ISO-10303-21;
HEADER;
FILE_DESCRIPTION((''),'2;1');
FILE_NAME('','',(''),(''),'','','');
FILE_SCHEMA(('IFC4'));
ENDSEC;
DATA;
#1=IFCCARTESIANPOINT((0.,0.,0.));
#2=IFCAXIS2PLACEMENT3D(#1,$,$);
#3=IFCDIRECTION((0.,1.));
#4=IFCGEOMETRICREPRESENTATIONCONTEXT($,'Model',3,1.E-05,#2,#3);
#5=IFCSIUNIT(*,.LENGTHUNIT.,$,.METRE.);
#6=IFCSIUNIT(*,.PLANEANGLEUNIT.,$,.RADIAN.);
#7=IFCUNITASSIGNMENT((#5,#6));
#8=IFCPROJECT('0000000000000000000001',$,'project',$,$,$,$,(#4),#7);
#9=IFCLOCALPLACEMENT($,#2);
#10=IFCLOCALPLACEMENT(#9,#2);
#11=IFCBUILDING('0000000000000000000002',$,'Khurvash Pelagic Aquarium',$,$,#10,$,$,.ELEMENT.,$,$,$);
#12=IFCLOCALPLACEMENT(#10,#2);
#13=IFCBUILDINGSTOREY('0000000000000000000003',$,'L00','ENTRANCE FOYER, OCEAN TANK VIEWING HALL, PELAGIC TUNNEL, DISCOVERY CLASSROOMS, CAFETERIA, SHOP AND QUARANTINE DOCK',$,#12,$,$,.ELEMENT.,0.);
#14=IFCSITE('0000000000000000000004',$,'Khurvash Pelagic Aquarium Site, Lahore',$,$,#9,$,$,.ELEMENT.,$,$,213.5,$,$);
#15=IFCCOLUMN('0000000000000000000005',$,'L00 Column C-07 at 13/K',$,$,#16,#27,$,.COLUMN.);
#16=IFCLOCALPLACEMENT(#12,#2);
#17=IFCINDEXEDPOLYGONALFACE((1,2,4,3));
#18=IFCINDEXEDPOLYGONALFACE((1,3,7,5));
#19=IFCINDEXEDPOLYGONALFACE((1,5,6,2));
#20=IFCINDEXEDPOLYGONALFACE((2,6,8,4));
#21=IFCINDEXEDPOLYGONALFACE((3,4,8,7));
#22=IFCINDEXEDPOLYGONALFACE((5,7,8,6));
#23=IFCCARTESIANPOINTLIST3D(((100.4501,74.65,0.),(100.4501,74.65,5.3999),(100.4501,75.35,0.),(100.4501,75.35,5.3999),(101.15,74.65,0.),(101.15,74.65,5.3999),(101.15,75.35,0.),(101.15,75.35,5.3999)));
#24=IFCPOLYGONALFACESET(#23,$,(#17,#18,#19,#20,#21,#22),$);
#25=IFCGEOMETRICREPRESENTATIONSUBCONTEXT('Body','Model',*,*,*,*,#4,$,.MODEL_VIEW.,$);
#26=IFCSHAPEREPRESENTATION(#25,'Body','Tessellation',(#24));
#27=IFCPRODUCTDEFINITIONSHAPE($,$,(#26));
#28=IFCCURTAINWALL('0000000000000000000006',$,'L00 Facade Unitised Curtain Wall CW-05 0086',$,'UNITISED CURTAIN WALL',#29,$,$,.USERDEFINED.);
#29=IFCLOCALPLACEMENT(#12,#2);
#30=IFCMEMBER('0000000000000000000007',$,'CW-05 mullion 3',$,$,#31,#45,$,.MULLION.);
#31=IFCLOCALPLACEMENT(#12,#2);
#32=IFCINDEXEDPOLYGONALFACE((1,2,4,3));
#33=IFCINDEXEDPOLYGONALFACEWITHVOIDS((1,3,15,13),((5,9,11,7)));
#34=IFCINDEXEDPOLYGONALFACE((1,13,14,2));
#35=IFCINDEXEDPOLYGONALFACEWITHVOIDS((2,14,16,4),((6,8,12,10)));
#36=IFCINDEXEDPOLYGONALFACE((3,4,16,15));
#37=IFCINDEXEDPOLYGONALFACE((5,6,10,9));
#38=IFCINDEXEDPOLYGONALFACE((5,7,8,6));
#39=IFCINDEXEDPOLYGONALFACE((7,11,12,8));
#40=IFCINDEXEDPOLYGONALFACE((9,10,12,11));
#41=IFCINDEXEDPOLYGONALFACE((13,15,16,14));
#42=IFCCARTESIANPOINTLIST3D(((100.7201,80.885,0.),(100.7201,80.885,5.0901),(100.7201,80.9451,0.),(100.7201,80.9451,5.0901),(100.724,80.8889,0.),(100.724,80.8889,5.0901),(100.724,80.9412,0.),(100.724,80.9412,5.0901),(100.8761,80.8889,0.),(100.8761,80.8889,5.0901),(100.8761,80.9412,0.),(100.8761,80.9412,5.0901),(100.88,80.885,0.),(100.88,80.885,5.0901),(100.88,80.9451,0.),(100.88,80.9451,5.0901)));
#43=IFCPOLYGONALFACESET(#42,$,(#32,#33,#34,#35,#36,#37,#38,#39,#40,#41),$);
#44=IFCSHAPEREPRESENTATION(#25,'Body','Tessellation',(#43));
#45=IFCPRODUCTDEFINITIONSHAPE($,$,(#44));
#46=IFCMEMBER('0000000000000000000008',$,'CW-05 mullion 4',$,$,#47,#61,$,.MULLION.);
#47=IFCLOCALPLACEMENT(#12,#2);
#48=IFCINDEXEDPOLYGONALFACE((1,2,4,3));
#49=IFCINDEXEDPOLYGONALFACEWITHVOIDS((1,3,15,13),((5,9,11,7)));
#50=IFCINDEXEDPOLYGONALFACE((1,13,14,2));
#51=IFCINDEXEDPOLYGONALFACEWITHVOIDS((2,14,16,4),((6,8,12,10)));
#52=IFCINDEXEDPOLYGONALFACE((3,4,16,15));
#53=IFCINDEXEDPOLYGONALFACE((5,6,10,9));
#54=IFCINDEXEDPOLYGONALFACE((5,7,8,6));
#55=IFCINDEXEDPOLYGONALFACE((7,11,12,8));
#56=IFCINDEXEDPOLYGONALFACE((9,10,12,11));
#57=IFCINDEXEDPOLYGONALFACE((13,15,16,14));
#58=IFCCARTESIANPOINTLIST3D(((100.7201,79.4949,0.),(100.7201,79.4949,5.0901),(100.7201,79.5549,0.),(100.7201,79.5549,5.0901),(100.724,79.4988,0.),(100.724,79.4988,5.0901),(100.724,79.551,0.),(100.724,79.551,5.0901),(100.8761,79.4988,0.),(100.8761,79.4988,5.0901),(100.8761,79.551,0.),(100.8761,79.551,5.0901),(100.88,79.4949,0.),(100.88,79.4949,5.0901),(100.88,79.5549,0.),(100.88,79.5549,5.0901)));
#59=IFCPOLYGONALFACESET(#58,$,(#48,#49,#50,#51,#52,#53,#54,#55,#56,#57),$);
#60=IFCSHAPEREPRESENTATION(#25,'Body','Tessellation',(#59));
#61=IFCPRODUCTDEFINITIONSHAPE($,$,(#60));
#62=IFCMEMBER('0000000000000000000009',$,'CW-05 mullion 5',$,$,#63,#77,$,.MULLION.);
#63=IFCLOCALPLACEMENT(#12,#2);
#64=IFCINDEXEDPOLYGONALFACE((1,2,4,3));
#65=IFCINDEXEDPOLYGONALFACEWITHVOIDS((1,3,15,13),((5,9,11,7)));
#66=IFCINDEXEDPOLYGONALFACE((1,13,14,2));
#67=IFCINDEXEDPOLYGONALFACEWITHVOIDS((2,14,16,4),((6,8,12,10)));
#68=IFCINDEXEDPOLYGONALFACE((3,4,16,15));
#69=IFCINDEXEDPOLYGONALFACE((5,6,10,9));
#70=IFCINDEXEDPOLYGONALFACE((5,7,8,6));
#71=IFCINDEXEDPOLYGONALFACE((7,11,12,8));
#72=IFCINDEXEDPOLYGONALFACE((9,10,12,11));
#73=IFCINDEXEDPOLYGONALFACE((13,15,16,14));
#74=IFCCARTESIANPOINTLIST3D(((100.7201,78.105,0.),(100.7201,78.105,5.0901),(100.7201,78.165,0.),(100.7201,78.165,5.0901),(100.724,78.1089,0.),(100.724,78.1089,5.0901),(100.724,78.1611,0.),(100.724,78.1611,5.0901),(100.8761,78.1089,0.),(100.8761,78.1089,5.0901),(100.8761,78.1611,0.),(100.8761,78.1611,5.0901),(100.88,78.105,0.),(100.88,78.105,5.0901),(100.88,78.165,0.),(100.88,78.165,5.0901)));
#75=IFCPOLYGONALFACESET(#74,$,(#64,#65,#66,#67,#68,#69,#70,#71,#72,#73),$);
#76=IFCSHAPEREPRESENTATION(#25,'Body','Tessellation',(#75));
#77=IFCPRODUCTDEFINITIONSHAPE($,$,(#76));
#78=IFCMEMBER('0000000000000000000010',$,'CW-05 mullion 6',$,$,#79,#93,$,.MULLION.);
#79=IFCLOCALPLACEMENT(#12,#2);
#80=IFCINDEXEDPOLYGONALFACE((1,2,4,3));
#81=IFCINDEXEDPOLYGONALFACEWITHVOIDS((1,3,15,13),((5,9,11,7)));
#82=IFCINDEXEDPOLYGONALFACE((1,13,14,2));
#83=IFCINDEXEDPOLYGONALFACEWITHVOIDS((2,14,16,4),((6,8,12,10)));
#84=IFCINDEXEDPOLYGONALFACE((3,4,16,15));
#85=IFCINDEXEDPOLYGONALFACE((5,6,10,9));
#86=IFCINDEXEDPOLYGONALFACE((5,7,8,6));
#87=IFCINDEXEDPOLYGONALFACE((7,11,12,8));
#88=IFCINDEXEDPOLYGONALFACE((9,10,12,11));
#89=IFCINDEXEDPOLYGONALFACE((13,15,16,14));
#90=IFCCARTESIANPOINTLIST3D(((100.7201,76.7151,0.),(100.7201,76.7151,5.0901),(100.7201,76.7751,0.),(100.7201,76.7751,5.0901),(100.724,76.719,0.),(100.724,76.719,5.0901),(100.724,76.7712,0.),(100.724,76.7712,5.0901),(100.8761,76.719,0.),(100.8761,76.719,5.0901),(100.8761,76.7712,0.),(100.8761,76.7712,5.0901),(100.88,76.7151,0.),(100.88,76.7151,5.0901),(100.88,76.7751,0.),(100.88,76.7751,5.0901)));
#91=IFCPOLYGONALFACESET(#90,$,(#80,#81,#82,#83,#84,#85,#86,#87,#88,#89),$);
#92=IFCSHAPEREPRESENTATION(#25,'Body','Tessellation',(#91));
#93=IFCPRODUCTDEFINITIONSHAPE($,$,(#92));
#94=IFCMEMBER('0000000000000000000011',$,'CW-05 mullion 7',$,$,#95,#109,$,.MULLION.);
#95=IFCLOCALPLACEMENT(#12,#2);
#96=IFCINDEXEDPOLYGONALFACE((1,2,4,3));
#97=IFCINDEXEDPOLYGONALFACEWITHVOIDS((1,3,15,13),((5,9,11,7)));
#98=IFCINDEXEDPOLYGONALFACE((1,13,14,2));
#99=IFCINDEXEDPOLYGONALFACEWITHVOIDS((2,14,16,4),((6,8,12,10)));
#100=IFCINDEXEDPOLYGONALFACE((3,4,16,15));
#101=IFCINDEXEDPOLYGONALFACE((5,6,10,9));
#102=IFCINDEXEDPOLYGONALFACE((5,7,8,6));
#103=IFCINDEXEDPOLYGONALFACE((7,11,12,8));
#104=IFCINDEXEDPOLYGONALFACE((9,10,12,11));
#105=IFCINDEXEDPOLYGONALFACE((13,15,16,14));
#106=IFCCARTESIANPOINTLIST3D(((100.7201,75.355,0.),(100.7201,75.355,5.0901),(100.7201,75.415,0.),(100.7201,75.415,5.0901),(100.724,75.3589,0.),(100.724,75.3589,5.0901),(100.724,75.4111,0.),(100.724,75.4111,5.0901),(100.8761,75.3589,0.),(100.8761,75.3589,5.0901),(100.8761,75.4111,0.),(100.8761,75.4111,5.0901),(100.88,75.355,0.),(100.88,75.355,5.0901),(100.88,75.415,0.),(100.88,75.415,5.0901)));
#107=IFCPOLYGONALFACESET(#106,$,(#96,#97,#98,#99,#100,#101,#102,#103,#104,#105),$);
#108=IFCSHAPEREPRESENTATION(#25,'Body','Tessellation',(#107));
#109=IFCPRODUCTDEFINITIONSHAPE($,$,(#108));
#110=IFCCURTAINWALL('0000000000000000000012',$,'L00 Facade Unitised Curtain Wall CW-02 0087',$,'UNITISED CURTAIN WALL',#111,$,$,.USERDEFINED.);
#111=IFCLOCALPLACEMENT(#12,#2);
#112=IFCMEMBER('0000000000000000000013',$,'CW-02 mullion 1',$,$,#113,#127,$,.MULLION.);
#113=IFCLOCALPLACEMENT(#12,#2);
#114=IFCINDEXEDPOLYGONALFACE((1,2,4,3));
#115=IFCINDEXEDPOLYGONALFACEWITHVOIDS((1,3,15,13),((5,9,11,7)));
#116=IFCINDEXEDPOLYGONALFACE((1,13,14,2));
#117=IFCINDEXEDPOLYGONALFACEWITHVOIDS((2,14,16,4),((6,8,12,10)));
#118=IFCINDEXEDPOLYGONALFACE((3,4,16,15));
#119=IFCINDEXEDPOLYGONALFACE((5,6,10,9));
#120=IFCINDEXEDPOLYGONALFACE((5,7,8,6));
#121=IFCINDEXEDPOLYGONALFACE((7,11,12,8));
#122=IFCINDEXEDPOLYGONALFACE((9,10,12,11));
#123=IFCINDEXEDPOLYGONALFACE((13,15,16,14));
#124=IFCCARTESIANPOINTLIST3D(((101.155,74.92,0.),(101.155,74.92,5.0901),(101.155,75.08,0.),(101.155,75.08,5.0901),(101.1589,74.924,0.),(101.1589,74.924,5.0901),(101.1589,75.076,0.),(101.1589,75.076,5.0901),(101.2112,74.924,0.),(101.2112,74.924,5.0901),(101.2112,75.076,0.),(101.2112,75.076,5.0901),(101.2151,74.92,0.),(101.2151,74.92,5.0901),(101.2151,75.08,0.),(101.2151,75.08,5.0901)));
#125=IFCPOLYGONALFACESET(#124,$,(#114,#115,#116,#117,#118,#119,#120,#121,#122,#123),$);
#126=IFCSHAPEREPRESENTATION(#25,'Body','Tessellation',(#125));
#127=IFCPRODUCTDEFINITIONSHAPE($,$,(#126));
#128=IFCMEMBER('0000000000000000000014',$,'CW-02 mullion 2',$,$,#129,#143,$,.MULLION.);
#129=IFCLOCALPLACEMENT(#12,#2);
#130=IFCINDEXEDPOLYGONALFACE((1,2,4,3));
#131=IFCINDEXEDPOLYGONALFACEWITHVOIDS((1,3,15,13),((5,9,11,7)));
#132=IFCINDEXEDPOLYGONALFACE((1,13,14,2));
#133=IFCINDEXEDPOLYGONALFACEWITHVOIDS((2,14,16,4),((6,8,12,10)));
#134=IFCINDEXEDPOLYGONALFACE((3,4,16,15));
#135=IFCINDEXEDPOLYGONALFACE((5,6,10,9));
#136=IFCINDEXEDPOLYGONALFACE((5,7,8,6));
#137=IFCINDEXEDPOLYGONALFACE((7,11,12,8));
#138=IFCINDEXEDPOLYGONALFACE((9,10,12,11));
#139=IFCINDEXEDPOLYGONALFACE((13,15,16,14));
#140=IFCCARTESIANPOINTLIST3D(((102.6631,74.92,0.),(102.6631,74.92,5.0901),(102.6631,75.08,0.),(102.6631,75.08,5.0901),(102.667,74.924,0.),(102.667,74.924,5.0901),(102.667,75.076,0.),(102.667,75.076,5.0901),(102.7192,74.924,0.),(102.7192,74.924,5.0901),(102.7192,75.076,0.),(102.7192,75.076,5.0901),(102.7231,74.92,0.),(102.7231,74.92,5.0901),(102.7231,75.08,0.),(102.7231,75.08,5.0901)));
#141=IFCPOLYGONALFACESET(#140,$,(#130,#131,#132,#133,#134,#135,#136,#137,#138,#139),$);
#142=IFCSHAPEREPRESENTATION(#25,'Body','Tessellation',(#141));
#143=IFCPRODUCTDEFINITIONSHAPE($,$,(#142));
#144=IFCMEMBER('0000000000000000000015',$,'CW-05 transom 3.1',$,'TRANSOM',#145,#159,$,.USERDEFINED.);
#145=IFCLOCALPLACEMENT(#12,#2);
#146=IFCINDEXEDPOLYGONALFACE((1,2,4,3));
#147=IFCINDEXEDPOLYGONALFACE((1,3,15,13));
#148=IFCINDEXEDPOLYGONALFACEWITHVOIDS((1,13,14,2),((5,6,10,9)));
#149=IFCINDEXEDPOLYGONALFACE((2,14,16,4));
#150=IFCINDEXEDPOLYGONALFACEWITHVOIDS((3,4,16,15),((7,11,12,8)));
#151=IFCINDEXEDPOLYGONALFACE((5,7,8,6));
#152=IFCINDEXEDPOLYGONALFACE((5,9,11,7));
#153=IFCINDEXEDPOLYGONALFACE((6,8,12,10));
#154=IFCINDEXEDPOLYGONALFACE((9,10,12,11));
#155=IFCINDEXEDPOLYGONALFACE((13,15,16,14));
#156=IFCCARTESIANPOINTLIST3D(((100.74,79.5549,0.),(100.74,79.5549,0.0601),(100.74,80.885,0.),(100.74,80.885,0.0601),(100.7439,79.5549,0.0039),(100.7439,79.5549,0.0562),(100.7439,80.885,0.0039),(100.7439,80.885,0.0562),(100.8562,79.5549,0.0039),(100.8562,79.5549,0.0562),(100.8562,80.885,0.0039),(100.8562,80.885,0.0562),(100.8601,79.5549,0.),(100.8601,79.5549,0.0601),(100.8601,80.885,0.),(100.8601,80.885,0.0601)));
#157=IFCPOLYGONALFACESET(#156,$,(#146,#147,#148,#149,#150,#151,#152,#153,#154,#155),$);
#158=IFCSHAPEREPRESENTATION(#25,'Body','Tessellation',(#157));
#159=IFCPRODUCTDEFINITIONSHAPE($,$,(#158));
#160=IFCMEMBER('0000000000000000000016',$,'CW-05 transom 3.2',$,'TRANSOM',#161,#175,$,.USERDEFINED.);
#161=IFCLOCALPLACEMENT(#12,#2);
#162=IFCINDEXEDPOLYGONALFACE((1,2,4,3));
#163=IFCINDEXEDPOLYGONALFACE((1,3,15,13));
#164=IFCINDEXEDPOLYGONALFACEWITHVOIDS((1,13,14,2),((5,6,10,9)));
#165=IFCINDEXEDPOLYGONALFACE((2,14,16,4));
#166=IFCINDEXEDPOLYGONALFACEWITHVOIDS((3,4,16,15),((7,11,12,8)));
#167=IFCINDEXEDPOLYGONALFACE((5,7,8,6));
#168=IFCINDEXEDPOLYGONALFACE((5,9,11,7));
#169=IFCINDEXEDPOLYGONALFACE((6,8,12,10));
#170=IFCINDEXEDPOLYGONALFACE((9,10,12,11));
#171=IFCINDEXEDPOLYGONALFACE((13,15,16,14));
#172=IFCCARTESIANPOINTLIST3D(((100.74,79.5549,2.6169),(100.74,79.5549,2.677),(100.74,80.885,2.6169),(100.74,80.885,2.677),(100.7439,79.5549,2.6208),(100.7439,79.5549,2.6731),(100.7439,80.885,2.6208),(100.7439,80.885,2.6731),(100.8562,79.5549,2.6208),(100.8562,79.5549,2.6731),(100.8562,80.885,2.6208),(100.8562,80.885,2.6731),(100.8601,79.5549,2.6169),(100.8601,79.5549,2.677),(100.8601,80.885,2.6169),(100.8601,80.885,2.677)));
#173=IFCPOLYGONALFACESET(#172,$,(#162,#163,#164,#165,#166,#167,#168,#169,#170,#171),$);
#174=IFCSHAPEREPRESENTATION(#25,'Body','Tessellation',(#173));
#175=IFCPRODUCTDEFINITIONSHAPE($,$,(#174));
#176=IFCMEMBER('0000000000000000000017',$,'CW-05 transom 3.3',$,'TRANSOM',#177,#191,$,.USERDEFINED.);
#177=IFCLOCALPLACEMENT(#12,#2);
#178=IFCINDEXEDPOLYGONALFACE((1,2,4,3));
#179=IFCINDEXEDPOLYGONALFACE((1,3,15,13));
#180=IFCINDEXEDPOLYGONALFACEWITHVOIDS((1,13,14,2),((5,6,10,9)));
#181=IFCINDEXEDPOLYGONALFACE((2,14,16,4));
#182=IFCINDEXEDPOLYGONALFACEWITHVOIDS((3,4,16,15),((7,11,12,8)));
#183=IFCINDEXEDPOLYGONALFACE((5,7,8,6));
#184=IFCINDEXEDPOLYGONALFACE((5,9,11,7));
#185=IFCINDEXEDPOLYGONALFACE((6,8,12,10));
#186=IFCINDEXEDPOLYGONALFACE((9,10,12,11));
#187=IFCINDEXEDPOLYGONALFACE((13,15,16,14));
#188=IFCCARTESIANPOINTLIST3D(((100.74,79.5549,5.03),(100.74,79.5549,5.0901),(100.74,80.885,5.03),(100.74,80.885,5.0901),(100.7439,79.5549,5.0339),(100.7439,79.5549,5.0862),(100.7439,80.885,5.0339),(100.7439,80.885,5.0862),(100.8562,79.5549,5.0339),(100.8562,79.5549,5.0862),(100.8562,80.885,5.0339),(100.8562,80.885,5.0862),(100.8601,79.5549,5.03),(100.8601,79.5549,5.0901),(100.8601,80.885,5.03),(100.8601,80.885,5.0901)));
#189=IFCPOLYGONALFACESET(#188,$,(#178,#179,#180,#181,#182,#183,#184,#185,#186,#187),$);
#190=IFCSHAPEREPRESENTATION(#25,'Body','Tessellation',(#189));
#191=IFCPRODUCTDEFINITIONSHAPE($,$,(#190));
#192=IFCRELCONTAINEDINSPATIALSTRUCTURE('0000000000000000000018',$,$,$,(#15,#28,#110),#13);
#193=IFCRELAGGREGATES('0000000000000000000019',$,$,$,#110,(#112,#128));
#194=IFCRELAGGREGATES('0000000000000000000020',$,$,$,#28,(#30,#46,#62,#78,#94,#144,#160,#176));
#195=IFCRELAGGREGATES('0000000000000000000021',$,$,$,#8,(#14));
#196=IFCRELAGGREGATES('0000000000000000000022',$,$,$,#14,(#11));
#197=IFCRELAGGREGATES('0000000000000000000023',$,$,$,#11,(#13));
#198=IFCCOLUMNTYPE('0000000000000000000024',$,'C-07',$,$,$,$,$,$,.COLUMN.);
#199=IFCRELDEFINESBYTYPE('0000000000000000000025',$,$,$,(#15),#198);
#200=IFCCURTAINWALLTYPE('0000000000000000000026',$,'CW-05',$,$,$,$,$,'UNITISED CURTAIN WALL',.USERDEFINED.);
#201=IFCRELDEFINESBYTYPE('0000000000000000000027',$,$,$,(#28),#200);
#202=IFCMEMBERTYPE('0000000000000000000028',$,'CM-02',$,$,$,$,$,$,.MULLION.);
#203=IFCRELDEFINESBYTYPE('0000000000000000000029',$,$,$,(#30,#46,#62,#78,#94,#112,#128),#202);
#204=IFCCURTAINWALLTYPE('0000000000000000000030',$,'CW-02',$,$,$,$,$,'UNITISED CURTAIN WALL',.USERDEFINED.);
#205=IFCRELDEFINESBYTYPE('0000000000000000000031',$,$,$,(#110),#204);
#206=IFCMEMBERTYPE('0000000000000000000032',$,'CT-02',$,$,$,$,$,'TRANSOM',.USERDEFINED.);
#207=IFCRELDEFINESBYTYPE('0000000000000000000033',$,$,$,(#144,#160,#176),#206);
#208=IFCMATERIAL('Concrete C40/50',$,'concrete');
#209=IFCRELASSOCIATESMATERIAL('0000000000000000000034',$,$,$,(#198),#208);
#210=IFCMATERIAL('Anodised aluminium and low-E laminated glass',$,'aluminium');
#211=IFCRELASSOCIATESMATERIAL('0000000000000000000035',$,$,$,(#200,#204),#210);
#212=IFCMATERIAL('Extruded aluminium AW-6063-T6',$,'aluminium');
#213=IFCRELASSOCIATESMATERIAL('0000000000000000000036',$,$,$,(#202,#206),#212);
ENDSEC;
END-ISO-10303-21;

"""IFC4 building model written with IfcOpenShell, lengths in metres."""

from ifc_helpers import new_model, si_unit, direction, frame, origin, origin_2d, place, context, subcontext, project, spatial, rectangle, hollow_rectangle, extrude, material, material_profile, profile_set, type_object, element, aggregate, save


model = new_model("IFC4")

# Units and contexts
model_context = context("Model", 3, precision=1e-05, world=origin(), true_north=direction((0.0, 1.0)))
body_context = subcontext(model_context, "Body", "Model", "MODEL_VIEW")
ifc_project = project(units=[si_unit("LENGTHUNIT", "METRE"), si_unit("PLANEANGLEUNIT", "RADIAN")], contexts=[model_context])

# Site, building, storey
site_placement = place(None, origin())
site = spatial("IfcSite", under=ifc_project, at=site_placement, Name="Khurvash Pelagic Aquarium Site, Lahore", CompositionType="ELEMENT", RefElevation=213.5)
building_placement = place(site_placement, origin())
building = spatial("IfcBuilding", under=site, at=building_placement, Name="Khurvash Pelagic Aquarium", CompositionType="ELEMENT")
storey_placement = place(building_placement, origin())
storey = spatial("IfcBuildingStorey", under=building, at=storey_placement, Name="L00", Description="ENTRANCE FOYER, OCEAN TANK VIEWING HALL, PELAGIC TUNNEL, DISCOVERY CLASSROOMS, CAFETERIA, SHOP AND QUARANTINE DOCK", CompositionType="ELEMENT", Elevation=0.0)

# Column
ifc_material_1 = material(Name="Concrete C40/50", Category="concrete")
ifc_material_profile_1 = material_profile(ifc_material_1, rectangle(XDim=0.7, YDim=0.7, at=origin_2d()), Name="RC700X700")
ifc_profile_set_1 = profile_set([ifc_material_profile_1], Name="Concrete C40/50")
column_type = type_object("IfcColumnType", Name="C-07", PredefinedType="COLUMN", material=ifc_profile_set_1)
column_placement = place(storey_placement, frame((100.8, 75.0, 0.0), z_axis=(0.0, 0.0, 1.0), x_axis=(1.0, 0.0, 0.0)))
element("IfcColumn", 1, at=column_placement, inside=storey, type_object=column_type, Name="L00 Column C-07 at 13/K", PredefinedType="COLUMN", context=body_context, shape_type="SweptSolid", body=[
    extrude(rectangle(XDim=0.7, YDim=0.7, at=origin_2d()), origin(), (0.0, 0.0, 1.0), 5.3999),
])

# Curtain walls, members
ifc_material_2 = material(Name="Anodised aluminium and low-E laminated glass", Category="aluminium")
curtain_wall_type_1 = type_object("IfcCurtainWallType", Name="CW-05", ElementType="UNITISED CURTAIN WALL", PredefinedType="USERDEFINED", material=ifc_material_2)
curtain_wall_1_placement = place(storey_placement, origin())
curtain_wall_1 = element("IfcCurtainWall", 2, at=curtain_wall_1_placement, inside=storey, type_object=curtain_wall_type_1, Name="L00 Facade Unitised Curtain Wall CW-05 0086", ObjectType="UNITISED CURTAIN WALL", PredefinedType="USERDEFINED")
ifc_material_3 = material(Name="Extruded aluminium AW-6063-T6", Category="aluminium")
ifc_material_profile_2 = material_profile(ifc_material_3, hollow_rectangle(XDim=0.0601, YDim=0.1599, WallThickness=0.0039, at=origin_2d()), Name="CWM60X160X4")
ifc_profile_set_2 = profile_set([ifc_material_profile_2], Name="Extruded aluminium AW-6063-T6")
member_type_1 = type_object("IfcMemberType", Name="CM-02", PredefinedType="MULLION", material=ifc_profile_set_2)
member_1_placement = place(storey_placement, frame((100.8, 80.915, 0.0), z_axis=(0.0, 0.0, 1.0), x_axis=(0.0, -1.0, 0.0)))
member_1 = element("IfcMember", 3, at=member_1_placement, type_object=member_type_1, Name="CW-05 mullion 3", PredefinedType="MULLION", context=body_context, shape_type="SweptSolid", body=[
    extrude(hollow_rectangle(XDim=0.0601, YDim=0.1599, WallThickness=0.0039, at=origin_2d()), origin(), (0.0, 0.0, 1.0), 5.0901),
])
member_2_placement = place(storey_placement, frame((100.8, 79.5249, 0.0), z_axis=(0.0, 0.0, 1.0), x_axis=(0.0, -1.0, 0.0)))
member_2 = element("IfcMember", 4, at=member_2_placement, type_object=member_type_1, Name="CW-05 mullion 4", PredefinedType="MULLION", context=body_context, shape_type="SweptSolid", body=[
    extrude(hollow_rectangle(XDim=0.0601, YDim=0.1599, WallThickness=0.0039, at=origin_2d()), origin(), (0.0, 0.0, 1.0), 5.0901),
])
member_3_placement = place(storey_placement, frame((100.8, 78.135, 0.0), z_axis=(0.0, 0.0, 1.0), x_axis=(0.0, -1.0, 0.0)))
member_3 = element("IfcMember", 5, at=member_3_placement, type_object=member_type_1, Name="CW-05 mullion 5", PredefinedType="MULLION", context=body_context, shape_type="SweptSolid", body=[
    extrude(hollow_rectangle(XDim=0.0601, YDim=0.1599, WallThickness=0.0039, at=origin_2d()), origin(), (0.0, 0.0, 1.0), 5.0901),
])
member_4_placement = place(storey_placement, frame((100.8, 76.7451, 0.0), z_axis=(0.0, 0.0, 1.0), x_axis=(0.0, -1.0, 0.0)))
member_4 = element("IfcMember", 6, at=member_4_placement, type_object=member_type_1, Name="CW-05 mullion 6", PredefinedType="MULLION", context=body_context, shape_type="SweptSolid", body=[
    extrude(hollow_rectangle(XDim=0.0601, YDim=0.1599, WallThickness=0.0039, at=origin_2d()), origin(), (0.0, 0.0, 1.0), 5.0901),
])
member_5_placement = place(storey_placement, frame((100.8, 75.385, 0.0), z_axis=(0.0, 0.0, 1.0), x_axis=(0.0, -1.0, 0.0)))
member_5 = element("IfcMember", 7, at=member_5_placement, type_object=member_type_1, Name="CW-05 mullion 7", PredefinedType="MULLION", context=body_context, shape_type="SweptSolid", body=[
    extrude(hollow_rectangle(XDim=0.0601, YDim=0.1599, WallThickness=0.0039, at=origin_2d()), origin(), (0.0, 0.0, 1.0), 5.0901),
])
curtain_wall_type_2 = type_object("IfcCurtainWallType", Name="CW-02", ElementType="UNITISED CURTAIN WALL", PredefinedType="USERDEFINED", material=ifc_material_2)
curtain_wall_2_placement = place(storey_placement, origin())
curtain_wall_2 = element("IfcCurtainWall", 8, at=curtain_wall_2_placement, inside=storey, type_object=curtain_wall_type_2, Name="L00 Facade Unitised Curtain Wall CW-02 0087", ObjectType="UNITISED CURTAIN WALL", PredefinedType="USERDEFINED")
member_6_placement = place(storey_placement, frame((101.1851, 75.0, 0.0), z_axis=(0.0, 0.0, 1.0), x_axis=(1.0, 0.0, 0.0)))
member_6 = element("IfcMember", 9, at=member_6_placement, type_object=member_type_1, Name="CW-02 mullion 1", PredefinedType="MULLION", context=body_context, shape_type="SweptSolid", body=[
    extrude(hollow_rectangle(XDim=0.0601, YDim=0.1599, WallThickness=0.0039, at=origin_2d()), origin(), (0.0, 0.0, 1.0), 5.0901),
])
member_7_placement = place(storey_placement, frame((102.6931, 75.0, 0.0), z_axis=(0.0, 0.0, 1.0), x_axis=(1.0, 0.0, 0.0)))
member_7 = element("IfcMember", 10, at=member_7_placement, type_object=member_type_1, Name="CW-02 mullion 2", PredefinedType="MULLION", context=body_context, shape_type="SweptSolid", body=[
    extrude(hollow_rectangle(XDim=0.0601, YDim=0.1599, WallThickness=0.0039, at=origin_2d()), origin(), (0.0, 0.0, 1.0), 5.0901),
])

# Members
ifc_material_profile_3 = material_profile(ifc_material_3, hollow_rectangle(XDim=0.1201, YDim=0.0601, WallThickness=0.0039, at=origin_2d()), Name="CWT120X60X4")
ifc_profile_set_3 = profile_set([ifc_material_profile_3], Name="Extruded aluminium AW-6063-T6")
member_type_2 = type_object("IfcMemberType", Name="CT-02", ElementType="TRANSOM", PredefinedType="USERDEFINED", material=ifc_profile_set_3)
member_8_placement = place(storey_placement, frame((100.8, 80.885, 0.03), z_axis=(0.0, -1.0, 0.0), x_axis=(1.0, 0.0, 0.0)))
member_8 = element("IfcMember", 11, at=member_8_placement, type_object=member_type_2, Name="CW-05 transom 3.1", ObjectType="TRANSOM", PredefinedType="USERDEFINED", context=body_context, shape_type="SweptSolid", body=[
    extrude(hollow_rectangle(XDim=0.1201, YDim=0.0601, WallThickness=0.0039, at=origin_2d()), origin(), (0.0, 0.0, 1.0), 1.3301),
])
member_9_placement = place(storey_placement, frame((100.8, 80.885, 2.647), z_axis=(0.0, -1.0, 0.0), x_axis=(1.0, 0.0, 0.0)))
member_9 = element("IfcMember", 12, at=member_9_placement, type_object=member_type_2, Name="CW-05 transom 3.2", ObjectType="TRANSOM", PredefinedType="USERDEFINED", context=body_context, shape_type="SweptSolid", body=[
    extrude(hollow_rectangle(XDim=0.1201, YDim=0.0601, WallThickness=0.0039, at=origin_2d()), origin(), (0.0, 0.0, 1.0), 1.3301),
])
member_10_placement = place(storey_placement, frame((100.8, 80.885, 5.0601), z_axis=(0.0, -1.0, 0.0), x_axis=(1.0, 0.0, 0.0)))
member_10 = element("IfcMember", 13, at=member_10_placement, type_object=member_type_2, Name="CW-05 transom 3.3", ObjectType="TRANSOM", PredefinedType="USERDEFINED", context=body_context, shape_type="SweptSolid", body=[
    extrude(hollow_rectangle(XDim=0.1201, YDim=0.0601, WallThickness=0.0039, at=origin_2d()), origin(), (0.0, 0.0, 1.0), 1.3301),
])

aggregate(curtain_wall_2, [member_6, member_7])
aggregate(curtain_wall_1, [member_1, member_2, member_3, member_4, member_5, member_8, member_9, member_10])

save(model, "model.ifc")
